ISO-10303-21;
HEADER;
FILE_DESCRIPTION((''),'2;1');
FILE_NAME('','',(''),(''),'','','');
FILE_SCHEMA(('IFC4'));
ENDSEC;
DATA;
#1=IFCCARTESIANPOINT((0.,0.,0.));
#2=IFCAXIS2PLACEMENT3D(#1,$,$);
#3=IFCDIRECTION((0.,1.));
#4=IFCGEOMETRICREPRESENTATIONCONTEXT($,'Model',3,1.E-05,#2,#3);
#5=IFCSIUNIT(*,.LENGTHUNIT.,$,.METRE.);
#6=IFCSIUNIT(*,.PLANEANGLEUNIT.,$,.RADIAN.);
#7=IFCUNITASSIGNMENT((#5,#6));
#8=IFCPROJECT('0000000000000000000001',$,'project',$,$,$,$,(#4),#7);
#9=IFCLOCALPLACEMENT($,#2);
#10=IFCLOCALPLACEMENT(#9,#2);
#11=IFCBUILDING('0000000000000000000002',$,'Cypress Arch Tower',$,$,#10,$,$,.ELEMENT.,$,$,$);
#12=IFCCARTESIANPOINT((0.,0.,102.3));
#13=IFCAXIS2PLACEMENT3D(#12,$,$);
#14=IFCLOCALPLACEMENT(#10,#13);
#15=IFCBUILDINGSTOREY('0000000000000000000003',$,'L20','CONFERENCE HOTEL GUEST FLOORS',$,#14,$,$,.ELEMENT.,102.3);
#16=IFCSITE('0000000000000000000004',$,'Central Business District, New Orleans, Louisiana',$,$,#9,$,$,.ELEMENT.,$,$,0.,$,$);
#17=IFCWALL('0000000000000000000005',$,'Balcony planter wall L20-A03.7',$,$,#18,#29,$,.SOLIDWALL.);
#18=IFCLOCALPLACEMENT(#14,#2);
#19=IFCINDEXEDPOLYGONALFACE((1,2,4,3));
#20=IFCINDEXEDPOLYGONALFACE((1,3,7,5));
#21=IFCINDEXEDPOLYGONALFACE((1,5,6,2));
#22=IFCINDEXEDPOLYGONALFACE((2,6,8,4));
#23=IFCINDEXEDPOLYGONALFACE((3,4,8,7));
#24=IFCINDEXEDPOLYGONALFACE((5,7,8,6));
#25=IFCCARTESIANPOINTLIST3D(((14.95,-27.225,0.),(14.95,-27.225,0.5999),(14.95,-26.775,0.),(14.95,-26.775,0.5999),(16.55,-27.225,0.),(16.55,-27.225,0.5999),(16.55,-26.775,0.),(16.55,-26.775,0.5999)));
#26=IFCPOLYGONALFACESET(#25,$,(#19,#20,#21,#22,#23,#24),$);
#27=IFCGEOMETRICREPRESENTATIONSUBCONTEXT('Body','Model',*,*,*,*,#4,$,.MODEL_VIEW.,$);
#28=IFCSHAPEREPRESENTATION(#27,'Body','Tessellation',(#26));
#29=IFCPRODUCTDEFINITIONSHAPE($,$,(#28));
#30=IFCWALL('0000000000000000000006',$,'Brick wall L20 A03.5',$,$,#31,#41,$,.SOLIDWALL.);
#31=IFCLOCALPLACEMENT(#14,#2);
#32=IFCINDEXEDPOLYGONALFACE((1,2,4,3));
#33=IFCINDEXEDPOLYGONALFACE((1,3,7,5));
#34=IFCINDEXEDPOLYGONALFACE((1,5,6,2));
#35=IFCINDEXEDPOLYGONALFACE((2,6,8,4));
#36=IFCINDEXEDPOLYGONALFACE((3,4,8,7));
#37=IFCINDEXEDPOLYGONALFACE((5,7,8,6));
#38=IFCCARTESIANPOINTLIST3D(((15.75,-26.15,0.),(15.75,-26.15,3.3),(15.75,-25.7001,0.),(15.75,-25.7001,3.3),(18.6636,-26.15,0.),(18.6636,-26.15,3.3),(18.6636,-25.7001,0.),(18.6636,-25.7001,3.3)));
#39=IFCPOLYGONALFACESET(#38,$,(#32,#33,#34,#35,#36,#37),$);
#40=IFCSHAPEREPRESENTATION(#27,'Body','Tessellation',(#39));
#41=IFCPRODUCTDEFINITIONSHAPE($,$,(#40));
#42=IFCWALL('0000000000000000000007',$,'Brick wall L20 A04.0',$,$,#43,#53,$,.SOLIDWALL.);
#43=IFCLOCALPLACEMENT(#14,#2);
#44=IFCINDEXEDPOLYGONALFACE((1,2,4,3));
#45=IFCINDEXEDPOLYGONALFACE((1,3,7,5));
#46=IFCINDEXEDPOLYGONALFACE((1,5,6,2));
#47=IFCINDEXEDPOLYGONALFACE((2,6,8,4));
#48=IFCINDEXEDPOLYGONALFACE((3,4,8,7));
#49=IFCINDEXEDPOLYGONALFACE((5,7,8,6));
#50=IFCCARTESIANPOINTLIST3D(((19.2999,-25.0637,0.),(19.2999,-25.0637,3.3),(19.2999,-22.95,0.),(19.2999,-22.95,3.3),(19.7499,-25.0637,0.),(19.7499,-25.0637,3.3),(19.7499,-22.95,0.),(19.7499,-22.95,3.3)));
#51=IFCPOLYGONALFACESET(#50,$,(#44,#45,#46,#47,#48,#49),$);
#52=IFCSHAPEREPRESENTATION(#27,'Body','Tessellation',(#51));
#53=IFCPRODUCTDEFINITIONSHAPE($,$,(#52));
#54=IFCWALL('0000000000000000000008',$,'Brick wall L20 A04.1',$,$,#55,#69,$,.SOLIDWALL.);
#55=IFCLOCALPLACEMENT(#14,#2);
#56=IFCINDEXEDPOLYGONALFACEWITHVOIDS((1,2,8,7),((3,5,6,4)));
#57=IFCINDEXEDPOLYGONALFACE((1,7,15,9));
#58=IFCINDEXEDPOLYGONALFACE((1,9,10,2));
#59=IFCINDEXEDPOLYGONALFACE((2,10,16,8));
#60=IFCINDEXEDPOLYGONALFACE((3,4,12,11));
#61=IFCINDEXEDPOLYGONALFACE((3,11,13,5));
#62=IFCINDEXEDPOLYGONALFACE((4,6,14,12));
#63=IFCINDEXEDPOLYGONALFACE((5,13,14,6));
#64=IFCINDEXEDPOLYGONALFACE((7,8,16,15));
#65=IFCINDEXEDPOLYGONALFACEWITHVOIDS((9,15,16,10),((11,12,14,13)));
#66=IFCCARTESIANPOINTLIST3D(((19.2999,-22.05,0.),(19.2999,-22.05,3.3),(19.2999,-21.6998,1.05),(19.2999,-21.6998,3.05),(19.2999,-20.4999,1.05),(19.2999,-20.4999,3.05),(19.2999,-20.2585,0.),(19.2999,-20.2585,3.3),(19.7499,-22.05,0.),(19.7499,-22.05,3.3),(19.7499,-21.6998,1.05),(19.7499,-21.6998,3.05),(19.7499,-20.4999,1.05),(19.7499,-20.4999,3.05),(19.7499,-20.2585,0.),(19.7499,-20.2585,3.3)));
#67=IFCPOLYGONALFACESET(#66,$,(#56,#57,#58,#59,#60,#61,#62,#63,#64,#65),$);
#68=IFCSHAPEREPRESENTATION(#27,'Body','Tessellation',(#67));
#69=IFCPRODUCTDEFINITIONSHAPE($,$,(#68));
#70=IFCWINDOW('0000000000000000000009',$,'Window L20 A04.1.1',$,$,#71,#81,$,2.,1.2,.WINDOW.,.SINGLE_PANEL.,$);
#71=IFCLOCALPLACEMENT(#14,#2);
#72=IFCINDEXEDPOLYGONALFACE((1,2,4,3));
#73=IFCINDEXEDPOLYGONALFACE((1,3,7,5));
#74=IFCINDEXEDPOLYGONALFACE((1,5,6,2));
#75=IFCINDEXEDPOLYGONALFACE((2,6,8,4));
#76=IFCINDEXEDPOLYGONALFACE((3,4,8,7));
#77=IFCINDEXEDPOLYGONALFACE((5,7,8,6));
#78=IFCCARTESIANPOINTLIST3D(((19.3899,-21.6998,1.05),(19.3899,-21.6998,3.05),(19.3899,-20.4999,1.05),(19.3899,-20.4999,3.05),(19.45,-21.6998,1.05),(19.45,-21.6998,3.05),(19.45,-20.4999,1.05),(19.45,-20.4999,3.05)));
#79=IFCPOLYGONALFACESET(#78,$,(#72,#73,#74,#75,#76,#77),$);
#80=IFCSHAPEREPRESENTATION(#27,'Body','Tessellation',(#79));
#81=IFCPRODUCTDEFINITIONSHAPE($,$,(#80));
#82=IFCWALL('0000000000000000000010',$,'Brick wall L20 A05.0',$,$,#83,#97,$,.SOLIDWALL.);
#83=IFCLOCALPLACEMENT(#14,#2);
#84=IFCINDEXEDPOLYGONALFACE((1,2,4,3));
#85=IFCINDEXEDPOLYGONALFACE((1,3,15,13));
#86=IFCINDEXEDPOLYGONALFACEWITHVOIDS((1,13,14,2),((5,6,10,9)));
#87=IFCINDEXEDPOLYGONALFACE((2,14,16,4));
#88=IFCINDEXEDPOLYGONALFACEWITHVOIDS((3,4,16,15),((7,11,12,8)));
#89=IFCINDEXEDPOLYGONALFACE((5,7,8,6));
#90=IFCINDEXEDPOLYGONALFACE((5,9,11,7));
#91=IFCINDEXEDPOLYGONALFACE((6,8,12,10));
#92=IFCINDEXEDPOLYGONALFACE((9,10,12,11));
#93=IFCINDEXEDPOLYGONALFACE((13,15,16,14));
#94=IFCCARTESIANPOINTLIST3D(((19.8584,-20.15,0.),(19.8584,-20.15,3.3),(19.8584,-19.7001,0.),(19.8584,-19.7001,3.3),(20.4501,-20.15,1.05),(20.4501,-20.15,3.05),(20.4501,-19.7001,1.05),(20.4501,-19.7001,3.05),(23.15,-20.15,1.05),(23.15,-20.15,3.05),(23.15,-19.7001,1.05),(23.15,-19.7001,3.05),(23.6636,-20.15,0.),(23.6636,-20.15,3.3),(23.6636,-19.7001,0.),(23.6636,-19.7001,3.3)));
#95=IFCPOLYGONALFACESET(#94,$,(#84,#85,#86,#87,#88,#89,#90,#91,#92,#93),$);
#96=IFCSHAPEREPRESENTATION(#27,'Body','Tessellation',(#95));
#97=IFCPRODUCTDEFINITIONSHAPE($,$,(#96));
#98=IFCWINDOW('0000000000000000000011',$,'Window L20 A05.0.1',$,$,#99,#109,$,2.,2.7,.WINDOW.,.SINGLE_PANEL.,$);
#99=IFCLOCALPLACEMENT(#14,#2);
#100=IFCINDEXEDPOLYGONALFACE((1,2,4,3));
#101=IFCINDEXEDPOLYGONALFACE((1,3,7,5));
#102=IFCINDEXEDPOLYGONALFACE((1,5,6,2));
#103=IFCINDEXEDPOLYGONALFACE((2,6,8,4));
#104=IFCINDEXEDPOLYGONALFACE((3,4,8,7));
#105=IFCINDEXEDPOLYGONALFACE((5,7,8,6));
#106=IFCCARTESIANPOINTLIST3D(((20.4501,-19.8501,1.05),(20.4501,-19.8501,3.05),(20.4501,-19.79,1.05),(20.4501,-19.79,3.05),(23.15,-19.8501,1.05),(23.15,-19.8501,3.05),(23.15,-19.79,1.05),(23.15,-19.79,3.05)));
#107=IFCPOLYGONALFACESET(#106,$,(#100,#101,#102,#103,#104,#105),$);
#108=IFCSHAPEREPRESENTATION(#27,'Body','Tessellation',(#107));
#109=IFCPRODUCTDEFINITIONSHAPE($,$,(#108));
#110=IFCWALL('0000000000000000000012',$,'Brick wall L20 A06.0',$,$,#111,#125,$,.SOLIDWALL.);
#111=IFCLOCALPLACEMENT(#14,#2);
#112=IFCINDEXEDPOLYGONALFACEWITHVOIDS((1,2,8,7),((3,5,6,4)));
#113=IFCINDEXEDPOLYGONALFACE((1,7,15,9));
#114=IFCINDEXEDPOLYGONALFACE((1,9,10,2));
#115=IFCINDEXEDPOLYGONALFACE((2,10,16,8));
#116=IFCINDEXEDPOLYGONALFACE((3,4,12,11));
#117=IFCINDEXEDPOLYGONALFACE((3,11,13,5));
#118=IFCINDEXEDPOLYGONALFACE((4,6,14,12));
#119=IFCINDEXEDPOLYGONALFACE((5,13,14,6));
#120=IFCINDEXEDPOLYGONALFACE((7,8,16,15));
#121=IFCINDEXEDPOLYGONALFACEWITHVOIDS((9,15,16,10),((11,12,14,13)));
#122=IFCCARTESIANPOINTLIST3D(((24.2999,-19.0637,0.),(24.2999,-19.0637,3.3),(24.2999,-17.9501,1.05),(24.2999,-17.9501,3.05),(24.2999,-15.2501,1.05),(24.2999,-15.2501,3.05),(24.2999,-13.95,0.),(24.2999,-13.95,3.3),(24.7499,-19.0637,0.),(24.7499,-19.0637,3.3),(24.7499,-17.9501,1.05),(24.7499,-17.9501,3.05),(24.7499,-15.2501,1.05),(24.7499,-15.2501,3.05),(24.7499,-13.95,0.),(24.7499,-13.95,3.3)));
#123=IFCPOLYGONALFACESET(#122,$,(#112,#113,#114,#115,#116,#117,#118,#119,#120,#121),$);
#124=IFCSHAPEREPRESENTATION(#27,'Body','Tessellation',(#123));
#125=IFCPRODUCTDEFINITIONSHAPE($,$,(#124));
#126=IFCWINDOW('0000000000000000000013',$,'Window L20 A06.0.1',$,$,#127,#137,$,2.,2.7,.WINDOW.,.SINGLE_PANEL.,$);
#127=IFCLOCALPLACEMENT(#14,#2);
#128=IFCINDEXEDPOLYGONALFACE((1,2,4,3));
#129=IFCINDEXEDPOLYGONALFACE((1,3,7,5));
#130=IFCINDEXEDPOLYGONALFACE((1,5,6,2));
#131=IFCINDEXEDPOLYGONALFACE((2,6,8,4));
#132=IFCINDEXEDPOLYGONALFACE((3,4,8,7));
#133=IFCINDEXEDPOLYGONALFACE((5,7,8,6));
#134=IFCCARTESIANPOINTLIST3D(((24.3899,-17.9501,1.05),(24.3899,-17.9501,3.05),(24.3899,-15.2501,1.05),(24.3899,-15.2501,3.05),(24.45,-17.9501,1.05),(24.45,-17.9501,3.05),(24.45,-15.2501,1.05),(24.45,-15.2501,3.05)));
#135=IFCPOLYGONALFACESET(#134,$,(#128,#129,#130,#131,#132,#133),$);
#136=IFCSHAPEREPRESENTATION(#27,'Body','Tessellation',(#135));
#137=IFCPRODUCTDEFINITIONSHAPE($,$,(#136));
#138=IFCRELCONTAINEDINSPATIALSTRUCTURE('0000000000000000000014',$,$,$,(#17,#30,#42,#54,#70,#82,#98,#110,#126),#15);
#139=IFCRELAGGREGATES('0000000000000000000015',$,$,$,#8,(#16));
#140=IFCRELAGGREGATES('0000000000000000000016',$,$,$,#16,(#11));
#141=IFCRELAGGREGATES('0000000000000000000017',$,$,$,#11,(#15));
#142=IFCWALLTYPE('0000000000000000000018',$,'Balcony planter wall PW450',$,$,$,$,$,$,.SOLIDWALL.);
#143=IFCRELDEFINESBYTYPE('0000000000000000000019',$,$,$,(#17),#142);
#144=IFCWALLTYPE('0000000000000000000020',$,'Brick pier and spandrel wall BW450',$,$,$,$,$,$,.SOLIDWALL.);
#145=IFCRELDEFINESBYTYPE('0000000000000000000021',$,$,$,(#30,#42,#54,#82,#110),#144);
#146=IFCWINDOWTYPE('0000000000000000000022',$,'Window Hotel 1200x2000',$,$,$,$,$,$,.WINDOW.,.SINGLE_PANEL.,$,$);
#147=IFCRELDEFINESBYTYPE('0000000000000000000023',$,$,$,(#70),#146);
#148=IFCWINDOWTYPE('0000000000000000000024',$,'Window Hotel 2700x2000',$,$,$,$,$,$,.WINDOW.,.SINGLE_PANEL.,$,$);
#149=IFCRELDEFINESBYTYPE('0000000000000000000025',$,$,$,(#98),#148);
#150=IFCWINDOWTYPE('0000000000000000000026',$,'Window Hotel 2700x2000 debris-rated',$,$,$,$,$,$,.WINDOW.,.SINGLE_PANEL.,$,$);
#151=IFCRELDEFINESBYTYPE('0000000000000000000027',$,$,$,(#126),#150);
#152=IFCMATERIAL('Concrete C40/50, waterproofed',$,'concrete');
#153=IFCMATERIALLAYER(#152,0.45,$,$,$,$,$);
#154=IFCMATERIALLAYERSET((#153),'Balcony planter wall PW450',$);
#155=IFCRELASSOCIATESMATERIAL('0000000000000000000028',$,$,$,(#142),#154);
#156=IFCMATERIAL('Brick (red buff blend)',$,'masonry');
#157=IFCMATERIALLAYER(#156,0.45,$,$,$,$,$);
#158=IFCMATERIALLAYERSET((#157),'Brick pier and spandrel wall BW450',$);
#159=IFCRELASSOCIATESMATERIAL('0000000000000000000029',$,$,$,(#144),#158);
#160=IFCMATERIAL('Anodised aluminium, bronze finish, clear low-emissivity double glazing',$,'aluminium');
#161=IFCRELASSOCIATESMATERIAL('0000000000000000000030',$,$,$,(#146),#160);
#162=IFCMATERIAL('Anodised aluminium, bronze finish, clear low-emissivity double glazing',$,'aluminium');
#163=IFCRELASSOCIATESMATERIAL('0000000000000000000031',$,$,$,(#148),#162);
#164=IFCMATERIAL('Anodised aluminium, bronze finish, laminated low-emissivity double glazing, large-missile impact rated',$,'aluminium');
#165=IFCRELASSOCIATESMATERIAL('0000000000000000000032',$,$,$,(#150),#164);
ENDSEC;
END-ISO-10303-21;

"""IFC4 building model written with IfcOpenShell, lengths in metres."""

from ifc_helpers import new_model, si_unit, direction, frame, frame_2d, origin, place, context, subcontext, project, spatial, rectangle, extrude, material, layer, layer_set, type_object, element, fill, save


model = new_model("IFC4")

# Units and contexts
model_context = context("Model", 3, precision=1e-05, world=origin(), true_north=direction((0.0, 1.0)))
body_context = subcontext(model_context, "Body", "Model", "MODEL_VIEW")
ifc_project = project(units=[si_unit("LENGTHUNIT", "METRE"), si_unit("PLANEANGLEUNIT", "RADIAN")], contexts=[model_context])

# Site, building, storey
site_placement = place(None, origin())
site = spatial("IfcSite", under=ifc_project, at=site_placement, Name="Central Business District, New Orleans, Louisiana", CompositionType="ELEMENT", RefElevation=0.0)
building_placement = place(site_placement, origin())
building = spatial("IfcBuilding", under=site, at=building_placement, Name="Cypress Arch Tower", CompositionType="ELEMENT")
storey_placement = place(building_placement, frame((0.0, 0.0, 102.3)))
storey = spatial("IfcBuildingStorey", under=building, at=storey_placement, Name="L20", Description="CONFERENCE HOTEL GUEST FLOORS", CompositionType="ELEMENT", Elevation=102.3)

# Walls
ifc_material_1 = material(Name="Concrete C40/50, waterproofed", Category="concrete")
ifc_layer_1 = layer(ifc_material_1, 0.45)
ifc_layer_set_1 = layer_set([ifc_layer_1], Name="Balcony planter wall PW450")
wall_type_1 = type_object("IfcWallType", Name="Balcony planter wall PW450", PredefinedType="SOLIDWALL", material=ifc_layer_set_1)
wall_1_placement = place(storey_placement, frame((14.95, -27.0, 0.0), z_axis=(0.0, 0.0, 1.0), x_axis=(1.0, 0.0, 0.0)))
element("IfcWall", 1, at=wall_1_placement, inside=storey, type_object=wall_type_1, Name="Balcony planter wall L20-A03.7", PredefinedType="SOLIDWALL", context=body_context, shape_type="SweptSolid", body=[
    extrude(rectangle(XDim=1.6001, YDim=0.45, at=frame_2d((0.8, 0.0))), origin(), (0.0, 0.0, 1.0), 0.5999),
])
ifc_material_2 = material(Name="Brick (red buff blend)", Category="masonry")
ifc_layer_2 = layer(ifc_material_2, 0.45)
ifc_layer_set_2 = layer_set([ifc_layer_2], Name="Brick pier and spandrel wall BW450")
wall_type_2 = type_object("IfcWallType", Name="Brick pier and spandrel wall BW450", PredefinedType="SOLIDWALL", material=ifc_layer_set_2)
wall_2_placement = place(storey_placement, frame((15.75, -25.925, 0.0), z_axis=(0.0, 0.0, 1.0), x_axis=(1.0, 0.0, 0.0)))
element("IfcWall", 2, at=wall_2_placement, inside=storey, type_object=wall_type_2, Name="Brick wall L20 A03.5", PredefinedType="SOLIDWALL", context=body_context, shape_type="SweptSolid", body=[
    extrude(rectangle(XDim=2.9136, YDim=0.45, at=frame_2d((1.4568, 0.0))), origin(), (0.0, 0.0, 1.0), 3.3),
])
wall_3_placement = place(storey_placement, frame((19.5249, -25.0637, 0.0), z_axis=(0.0, 0.0, 1.0), x_axis=(0.0, 1.0, 0.0)))
element("IfcWall", 3, at=wall_3_placement, inside=storey, type_object=wall_type_2, Name="Brick wall L20 A04.0", PredefinedType="SOLIDWALL", context=body_context, shape_type="SweptSolid", body=[
    extrude(rectangle(XDim=2.1138, YDim=0.45, at=frame_2d((1.0569, 0.0))), origin(), (0.0, 0.0, 1.0), 3.3),
])

# Walls, openings, windows
wall_4_placement = place(storey_placement, frame((19.5249, -22.05, 0.0), z_axis=(0.0, 0.0, 1.0), x_axis=(0.0, 1.0, 0.0)))
wall_4 = element("IfcWall", 4, at=wall_4_placement, inside=storey, type_object=wall_type_2, Name="Brick wall L20 A04.1", PredefinedType="SOLIDWALL", context=body_context, shape_type="SweptSolid", body=[
    extrude(rectangle(XDim=1.7915, YDim=0.45, at=frame_2d((0.8958, 0.0))), origin(), (0.0, 0.0, 1.0), 3.3),
])
opening_1_placement = place(wall_4_placement, frame((0.3501, 0.0, 1.05)))
opening_1 = element("IfcOpeningElement", 5, at=opening_1_placement, cuts=wall_4, PredefinedType="OPENING", context=body_context, shape_type="SweptSolid", body=[
    extrude(rectangle(XDim=1.2, YDim=2.0, at=frame_2d((0.6001, 1.0))), frame((0.0, 0.2349, 0.0), z_axis=(0.0, -1.0, 0.0), x_axis=(1.0, 0.0, 0.0)), (0.0, 0.0, 1.0), 0.47),
])
ifc_material_3 = material(Name="Anodised aluminium, bronze finish, clear low-emissivity double glazing", Category="aluminium")
window_type_1 = type_object("IfcWindowType", Name="Window Hotel 1200x2000", PartitioningType="SINGLE_PANEL", PredefinedType="WINDOW", material=ifc_material_3)
window_1_placement = place(opening_1_placement, origin())
window_1 = element("IfcWindow", 6, at=window_1_placement, inside=storey, type_object=window_type_1, Name="Window L20 A04.1.1", OverallHeight=2.0, OverallWidth=1.2, PartitioningType="SINGLE_PANEL", PredefinedType="WINDOW", context=body_context, shape_type="SweptSolid", body=[
    extrude(rectangle(XDim=1.2, YDim=2.0, at=frame_2d((0.6001, 1.0))), frame((0.0, 0.135, 0.0), z_axis=(0.0, -1.0, 0.0), x_axis=(1.0, 0.0, 0.0)), (0.0, 0.0, 1.0), 0.0601),
])
fill(opening_1, window_1)
wall_5_placement = place(storey_placement, frame((19.8584, -19.925, 0.0), z_axis=(0.0, 0.0, 1.0), x_axis=(1.0, 0.0, 0.0)))
wall_5 = element("IfcWall", 7, at=wall_5_placement, inside=storey, type_object=wall_type_2, Name="Brick wall L20 A05.0", PredefinedType="SOLIDWALL", context=body_context, shape_type="SweptSolid", body=[
    extrude(rectangle(XDim=3.8052, YDim=0.45, at=frame_2d((1.9026, 0.0))), origin(), (0.0, 0.0, 1.0), 3.3),
])
opening_2_placement = place(wall_5_placement, frame((0.5916, 0.0, 1.05)))
opening_2 = element("IfcOpeningElement", 8, at=opening_2_placement, cuts=wall_5, PredefinedType="OPENING", context=body_context, shape_type="SweptSolid", body=[
    extrude(rectangle(XDim=2.7, YDim=2.0, at=frame_2d((1.3501, 1.0))), frame((0.0, 0.2349, 0.0), z_axis=(0.0, -1.0, 0.0), x_axis=(1.0, 0.0, 0.0)), (0.0, 0.0, 1.0), 0.47),
])
ifc_material_4 = material(Name="Anodised aluminium, bronze finish, clear low-emissivity double glazing", Category="aluminium")
window_type_2 = type_object("IfcWindowType", Name="Window Hotel 2700x2000", PartitioningType="SINGLE_PANEL", PredefinedType="WINDOW", material=ifc_material_4)
window_2_placement = place(opening_2_placement, origin())
window_2 = element("IfcWindow", 9, at=window_2_placement, inside=storey, type_object=window_type_2, Name="Window L20 A05.0.1", OverallHeight=2.0, OverallWidth=2.7, PartitioningType="SINGLE_PANEL", PredefinedType="WINDOW", context=body_context, shape_type="SweptSolid", body=[
    extrude(rectangle(XDim=2.7, YDim=2.0, at=frame_2d((1.3501, 1.0))), frame((0.0, 0.135, 0.0), z_axis=(0.0, -1.0, 0.0), x_axis=(1.0, 0.0, 0.0)), (0.0, 0.0, 1.0), 0.0601),
])
fill(opening_2, window_2)
wall_6_placement = place(storey_placement, frame((24.5249, -19.0637, 0.0), z_axis=(0.0, 0.0, 1.0), x_axis=(0.0, 1.0, 0.0)))
wall_6 = element("IfcWall", 10, at=wall_6_placement, inside=storey, type_object=wall_type_2, Name="Brick wall L20 A06.0", PredefinedType="SOLIDWALL", context=body_context, shape_type="SweptSolid", body=[
    extrude(rectangle(XDim=5.1138, YDim=0.45, at=frame_2d((2.5569, 0.0))), origin(), (0.0, 0.0, 1.0), 3.3),
])
opening_3_placement = place(wall_6_placement, frame((1.1135, 0.0, 1.05)))
opening_3 = element("IfcOpeningElement", 11, at=opening_3_placement, cuts=wall_6, PredefinedType="OPENING", context=body_context, shape_type="SweptSolid", body=[
    extrude(rectangle(XDim=2.7, YDim=2.0, at=frame_2d((1.3501, 1.0))), frame((0.0, 0.2349, 0.0), z_axis=(0.0, -1.0, 0.0), x_axis=(1.0, 0.0, 0.0)), (0.0, 0.0, 1.0), 0.47),
])
ifc_material_5 = material(Name="Anodised aluminium, bronze finish, laminated low-emissivity double glazing, large-missile impact rated", Category="aluminium")
window_type_3 = type_object("IfcWindowType", Name="Window Hotel 2700x2000 debris-rated", PartitioningType="SINGLE_PANEL", PredefinedType="WINDOW", material=ifc_material_5)
window_3_placement = place(opening_3_placement, origin())
window_3 = element("IfcWindow", 12, at=window_3_placement, inside=storey, type_object=window_type_3, Name="Window L20 A06.0.1", OverallHeight=2.0, OverallWidth=2.7, PartitioningType="SINGLE_PANEL", PredefinedType="WINDOW", context=body_context, shape_type="SweptSolid", body=[
    extrude(rectangle(XDim=2.7, YDim=2.0, at=frame_2d((1.3501, 1.0))), frame((0.0, 0.135, 0.0), z_axis=(0.0, -1.0, 0.0), x_axis=(1.0, 0.0, 0.0)), (0.0, 0.0, 1.0), 0.0601),
])
fill(opening_3, window_3)

save(model, "model.ifc")
